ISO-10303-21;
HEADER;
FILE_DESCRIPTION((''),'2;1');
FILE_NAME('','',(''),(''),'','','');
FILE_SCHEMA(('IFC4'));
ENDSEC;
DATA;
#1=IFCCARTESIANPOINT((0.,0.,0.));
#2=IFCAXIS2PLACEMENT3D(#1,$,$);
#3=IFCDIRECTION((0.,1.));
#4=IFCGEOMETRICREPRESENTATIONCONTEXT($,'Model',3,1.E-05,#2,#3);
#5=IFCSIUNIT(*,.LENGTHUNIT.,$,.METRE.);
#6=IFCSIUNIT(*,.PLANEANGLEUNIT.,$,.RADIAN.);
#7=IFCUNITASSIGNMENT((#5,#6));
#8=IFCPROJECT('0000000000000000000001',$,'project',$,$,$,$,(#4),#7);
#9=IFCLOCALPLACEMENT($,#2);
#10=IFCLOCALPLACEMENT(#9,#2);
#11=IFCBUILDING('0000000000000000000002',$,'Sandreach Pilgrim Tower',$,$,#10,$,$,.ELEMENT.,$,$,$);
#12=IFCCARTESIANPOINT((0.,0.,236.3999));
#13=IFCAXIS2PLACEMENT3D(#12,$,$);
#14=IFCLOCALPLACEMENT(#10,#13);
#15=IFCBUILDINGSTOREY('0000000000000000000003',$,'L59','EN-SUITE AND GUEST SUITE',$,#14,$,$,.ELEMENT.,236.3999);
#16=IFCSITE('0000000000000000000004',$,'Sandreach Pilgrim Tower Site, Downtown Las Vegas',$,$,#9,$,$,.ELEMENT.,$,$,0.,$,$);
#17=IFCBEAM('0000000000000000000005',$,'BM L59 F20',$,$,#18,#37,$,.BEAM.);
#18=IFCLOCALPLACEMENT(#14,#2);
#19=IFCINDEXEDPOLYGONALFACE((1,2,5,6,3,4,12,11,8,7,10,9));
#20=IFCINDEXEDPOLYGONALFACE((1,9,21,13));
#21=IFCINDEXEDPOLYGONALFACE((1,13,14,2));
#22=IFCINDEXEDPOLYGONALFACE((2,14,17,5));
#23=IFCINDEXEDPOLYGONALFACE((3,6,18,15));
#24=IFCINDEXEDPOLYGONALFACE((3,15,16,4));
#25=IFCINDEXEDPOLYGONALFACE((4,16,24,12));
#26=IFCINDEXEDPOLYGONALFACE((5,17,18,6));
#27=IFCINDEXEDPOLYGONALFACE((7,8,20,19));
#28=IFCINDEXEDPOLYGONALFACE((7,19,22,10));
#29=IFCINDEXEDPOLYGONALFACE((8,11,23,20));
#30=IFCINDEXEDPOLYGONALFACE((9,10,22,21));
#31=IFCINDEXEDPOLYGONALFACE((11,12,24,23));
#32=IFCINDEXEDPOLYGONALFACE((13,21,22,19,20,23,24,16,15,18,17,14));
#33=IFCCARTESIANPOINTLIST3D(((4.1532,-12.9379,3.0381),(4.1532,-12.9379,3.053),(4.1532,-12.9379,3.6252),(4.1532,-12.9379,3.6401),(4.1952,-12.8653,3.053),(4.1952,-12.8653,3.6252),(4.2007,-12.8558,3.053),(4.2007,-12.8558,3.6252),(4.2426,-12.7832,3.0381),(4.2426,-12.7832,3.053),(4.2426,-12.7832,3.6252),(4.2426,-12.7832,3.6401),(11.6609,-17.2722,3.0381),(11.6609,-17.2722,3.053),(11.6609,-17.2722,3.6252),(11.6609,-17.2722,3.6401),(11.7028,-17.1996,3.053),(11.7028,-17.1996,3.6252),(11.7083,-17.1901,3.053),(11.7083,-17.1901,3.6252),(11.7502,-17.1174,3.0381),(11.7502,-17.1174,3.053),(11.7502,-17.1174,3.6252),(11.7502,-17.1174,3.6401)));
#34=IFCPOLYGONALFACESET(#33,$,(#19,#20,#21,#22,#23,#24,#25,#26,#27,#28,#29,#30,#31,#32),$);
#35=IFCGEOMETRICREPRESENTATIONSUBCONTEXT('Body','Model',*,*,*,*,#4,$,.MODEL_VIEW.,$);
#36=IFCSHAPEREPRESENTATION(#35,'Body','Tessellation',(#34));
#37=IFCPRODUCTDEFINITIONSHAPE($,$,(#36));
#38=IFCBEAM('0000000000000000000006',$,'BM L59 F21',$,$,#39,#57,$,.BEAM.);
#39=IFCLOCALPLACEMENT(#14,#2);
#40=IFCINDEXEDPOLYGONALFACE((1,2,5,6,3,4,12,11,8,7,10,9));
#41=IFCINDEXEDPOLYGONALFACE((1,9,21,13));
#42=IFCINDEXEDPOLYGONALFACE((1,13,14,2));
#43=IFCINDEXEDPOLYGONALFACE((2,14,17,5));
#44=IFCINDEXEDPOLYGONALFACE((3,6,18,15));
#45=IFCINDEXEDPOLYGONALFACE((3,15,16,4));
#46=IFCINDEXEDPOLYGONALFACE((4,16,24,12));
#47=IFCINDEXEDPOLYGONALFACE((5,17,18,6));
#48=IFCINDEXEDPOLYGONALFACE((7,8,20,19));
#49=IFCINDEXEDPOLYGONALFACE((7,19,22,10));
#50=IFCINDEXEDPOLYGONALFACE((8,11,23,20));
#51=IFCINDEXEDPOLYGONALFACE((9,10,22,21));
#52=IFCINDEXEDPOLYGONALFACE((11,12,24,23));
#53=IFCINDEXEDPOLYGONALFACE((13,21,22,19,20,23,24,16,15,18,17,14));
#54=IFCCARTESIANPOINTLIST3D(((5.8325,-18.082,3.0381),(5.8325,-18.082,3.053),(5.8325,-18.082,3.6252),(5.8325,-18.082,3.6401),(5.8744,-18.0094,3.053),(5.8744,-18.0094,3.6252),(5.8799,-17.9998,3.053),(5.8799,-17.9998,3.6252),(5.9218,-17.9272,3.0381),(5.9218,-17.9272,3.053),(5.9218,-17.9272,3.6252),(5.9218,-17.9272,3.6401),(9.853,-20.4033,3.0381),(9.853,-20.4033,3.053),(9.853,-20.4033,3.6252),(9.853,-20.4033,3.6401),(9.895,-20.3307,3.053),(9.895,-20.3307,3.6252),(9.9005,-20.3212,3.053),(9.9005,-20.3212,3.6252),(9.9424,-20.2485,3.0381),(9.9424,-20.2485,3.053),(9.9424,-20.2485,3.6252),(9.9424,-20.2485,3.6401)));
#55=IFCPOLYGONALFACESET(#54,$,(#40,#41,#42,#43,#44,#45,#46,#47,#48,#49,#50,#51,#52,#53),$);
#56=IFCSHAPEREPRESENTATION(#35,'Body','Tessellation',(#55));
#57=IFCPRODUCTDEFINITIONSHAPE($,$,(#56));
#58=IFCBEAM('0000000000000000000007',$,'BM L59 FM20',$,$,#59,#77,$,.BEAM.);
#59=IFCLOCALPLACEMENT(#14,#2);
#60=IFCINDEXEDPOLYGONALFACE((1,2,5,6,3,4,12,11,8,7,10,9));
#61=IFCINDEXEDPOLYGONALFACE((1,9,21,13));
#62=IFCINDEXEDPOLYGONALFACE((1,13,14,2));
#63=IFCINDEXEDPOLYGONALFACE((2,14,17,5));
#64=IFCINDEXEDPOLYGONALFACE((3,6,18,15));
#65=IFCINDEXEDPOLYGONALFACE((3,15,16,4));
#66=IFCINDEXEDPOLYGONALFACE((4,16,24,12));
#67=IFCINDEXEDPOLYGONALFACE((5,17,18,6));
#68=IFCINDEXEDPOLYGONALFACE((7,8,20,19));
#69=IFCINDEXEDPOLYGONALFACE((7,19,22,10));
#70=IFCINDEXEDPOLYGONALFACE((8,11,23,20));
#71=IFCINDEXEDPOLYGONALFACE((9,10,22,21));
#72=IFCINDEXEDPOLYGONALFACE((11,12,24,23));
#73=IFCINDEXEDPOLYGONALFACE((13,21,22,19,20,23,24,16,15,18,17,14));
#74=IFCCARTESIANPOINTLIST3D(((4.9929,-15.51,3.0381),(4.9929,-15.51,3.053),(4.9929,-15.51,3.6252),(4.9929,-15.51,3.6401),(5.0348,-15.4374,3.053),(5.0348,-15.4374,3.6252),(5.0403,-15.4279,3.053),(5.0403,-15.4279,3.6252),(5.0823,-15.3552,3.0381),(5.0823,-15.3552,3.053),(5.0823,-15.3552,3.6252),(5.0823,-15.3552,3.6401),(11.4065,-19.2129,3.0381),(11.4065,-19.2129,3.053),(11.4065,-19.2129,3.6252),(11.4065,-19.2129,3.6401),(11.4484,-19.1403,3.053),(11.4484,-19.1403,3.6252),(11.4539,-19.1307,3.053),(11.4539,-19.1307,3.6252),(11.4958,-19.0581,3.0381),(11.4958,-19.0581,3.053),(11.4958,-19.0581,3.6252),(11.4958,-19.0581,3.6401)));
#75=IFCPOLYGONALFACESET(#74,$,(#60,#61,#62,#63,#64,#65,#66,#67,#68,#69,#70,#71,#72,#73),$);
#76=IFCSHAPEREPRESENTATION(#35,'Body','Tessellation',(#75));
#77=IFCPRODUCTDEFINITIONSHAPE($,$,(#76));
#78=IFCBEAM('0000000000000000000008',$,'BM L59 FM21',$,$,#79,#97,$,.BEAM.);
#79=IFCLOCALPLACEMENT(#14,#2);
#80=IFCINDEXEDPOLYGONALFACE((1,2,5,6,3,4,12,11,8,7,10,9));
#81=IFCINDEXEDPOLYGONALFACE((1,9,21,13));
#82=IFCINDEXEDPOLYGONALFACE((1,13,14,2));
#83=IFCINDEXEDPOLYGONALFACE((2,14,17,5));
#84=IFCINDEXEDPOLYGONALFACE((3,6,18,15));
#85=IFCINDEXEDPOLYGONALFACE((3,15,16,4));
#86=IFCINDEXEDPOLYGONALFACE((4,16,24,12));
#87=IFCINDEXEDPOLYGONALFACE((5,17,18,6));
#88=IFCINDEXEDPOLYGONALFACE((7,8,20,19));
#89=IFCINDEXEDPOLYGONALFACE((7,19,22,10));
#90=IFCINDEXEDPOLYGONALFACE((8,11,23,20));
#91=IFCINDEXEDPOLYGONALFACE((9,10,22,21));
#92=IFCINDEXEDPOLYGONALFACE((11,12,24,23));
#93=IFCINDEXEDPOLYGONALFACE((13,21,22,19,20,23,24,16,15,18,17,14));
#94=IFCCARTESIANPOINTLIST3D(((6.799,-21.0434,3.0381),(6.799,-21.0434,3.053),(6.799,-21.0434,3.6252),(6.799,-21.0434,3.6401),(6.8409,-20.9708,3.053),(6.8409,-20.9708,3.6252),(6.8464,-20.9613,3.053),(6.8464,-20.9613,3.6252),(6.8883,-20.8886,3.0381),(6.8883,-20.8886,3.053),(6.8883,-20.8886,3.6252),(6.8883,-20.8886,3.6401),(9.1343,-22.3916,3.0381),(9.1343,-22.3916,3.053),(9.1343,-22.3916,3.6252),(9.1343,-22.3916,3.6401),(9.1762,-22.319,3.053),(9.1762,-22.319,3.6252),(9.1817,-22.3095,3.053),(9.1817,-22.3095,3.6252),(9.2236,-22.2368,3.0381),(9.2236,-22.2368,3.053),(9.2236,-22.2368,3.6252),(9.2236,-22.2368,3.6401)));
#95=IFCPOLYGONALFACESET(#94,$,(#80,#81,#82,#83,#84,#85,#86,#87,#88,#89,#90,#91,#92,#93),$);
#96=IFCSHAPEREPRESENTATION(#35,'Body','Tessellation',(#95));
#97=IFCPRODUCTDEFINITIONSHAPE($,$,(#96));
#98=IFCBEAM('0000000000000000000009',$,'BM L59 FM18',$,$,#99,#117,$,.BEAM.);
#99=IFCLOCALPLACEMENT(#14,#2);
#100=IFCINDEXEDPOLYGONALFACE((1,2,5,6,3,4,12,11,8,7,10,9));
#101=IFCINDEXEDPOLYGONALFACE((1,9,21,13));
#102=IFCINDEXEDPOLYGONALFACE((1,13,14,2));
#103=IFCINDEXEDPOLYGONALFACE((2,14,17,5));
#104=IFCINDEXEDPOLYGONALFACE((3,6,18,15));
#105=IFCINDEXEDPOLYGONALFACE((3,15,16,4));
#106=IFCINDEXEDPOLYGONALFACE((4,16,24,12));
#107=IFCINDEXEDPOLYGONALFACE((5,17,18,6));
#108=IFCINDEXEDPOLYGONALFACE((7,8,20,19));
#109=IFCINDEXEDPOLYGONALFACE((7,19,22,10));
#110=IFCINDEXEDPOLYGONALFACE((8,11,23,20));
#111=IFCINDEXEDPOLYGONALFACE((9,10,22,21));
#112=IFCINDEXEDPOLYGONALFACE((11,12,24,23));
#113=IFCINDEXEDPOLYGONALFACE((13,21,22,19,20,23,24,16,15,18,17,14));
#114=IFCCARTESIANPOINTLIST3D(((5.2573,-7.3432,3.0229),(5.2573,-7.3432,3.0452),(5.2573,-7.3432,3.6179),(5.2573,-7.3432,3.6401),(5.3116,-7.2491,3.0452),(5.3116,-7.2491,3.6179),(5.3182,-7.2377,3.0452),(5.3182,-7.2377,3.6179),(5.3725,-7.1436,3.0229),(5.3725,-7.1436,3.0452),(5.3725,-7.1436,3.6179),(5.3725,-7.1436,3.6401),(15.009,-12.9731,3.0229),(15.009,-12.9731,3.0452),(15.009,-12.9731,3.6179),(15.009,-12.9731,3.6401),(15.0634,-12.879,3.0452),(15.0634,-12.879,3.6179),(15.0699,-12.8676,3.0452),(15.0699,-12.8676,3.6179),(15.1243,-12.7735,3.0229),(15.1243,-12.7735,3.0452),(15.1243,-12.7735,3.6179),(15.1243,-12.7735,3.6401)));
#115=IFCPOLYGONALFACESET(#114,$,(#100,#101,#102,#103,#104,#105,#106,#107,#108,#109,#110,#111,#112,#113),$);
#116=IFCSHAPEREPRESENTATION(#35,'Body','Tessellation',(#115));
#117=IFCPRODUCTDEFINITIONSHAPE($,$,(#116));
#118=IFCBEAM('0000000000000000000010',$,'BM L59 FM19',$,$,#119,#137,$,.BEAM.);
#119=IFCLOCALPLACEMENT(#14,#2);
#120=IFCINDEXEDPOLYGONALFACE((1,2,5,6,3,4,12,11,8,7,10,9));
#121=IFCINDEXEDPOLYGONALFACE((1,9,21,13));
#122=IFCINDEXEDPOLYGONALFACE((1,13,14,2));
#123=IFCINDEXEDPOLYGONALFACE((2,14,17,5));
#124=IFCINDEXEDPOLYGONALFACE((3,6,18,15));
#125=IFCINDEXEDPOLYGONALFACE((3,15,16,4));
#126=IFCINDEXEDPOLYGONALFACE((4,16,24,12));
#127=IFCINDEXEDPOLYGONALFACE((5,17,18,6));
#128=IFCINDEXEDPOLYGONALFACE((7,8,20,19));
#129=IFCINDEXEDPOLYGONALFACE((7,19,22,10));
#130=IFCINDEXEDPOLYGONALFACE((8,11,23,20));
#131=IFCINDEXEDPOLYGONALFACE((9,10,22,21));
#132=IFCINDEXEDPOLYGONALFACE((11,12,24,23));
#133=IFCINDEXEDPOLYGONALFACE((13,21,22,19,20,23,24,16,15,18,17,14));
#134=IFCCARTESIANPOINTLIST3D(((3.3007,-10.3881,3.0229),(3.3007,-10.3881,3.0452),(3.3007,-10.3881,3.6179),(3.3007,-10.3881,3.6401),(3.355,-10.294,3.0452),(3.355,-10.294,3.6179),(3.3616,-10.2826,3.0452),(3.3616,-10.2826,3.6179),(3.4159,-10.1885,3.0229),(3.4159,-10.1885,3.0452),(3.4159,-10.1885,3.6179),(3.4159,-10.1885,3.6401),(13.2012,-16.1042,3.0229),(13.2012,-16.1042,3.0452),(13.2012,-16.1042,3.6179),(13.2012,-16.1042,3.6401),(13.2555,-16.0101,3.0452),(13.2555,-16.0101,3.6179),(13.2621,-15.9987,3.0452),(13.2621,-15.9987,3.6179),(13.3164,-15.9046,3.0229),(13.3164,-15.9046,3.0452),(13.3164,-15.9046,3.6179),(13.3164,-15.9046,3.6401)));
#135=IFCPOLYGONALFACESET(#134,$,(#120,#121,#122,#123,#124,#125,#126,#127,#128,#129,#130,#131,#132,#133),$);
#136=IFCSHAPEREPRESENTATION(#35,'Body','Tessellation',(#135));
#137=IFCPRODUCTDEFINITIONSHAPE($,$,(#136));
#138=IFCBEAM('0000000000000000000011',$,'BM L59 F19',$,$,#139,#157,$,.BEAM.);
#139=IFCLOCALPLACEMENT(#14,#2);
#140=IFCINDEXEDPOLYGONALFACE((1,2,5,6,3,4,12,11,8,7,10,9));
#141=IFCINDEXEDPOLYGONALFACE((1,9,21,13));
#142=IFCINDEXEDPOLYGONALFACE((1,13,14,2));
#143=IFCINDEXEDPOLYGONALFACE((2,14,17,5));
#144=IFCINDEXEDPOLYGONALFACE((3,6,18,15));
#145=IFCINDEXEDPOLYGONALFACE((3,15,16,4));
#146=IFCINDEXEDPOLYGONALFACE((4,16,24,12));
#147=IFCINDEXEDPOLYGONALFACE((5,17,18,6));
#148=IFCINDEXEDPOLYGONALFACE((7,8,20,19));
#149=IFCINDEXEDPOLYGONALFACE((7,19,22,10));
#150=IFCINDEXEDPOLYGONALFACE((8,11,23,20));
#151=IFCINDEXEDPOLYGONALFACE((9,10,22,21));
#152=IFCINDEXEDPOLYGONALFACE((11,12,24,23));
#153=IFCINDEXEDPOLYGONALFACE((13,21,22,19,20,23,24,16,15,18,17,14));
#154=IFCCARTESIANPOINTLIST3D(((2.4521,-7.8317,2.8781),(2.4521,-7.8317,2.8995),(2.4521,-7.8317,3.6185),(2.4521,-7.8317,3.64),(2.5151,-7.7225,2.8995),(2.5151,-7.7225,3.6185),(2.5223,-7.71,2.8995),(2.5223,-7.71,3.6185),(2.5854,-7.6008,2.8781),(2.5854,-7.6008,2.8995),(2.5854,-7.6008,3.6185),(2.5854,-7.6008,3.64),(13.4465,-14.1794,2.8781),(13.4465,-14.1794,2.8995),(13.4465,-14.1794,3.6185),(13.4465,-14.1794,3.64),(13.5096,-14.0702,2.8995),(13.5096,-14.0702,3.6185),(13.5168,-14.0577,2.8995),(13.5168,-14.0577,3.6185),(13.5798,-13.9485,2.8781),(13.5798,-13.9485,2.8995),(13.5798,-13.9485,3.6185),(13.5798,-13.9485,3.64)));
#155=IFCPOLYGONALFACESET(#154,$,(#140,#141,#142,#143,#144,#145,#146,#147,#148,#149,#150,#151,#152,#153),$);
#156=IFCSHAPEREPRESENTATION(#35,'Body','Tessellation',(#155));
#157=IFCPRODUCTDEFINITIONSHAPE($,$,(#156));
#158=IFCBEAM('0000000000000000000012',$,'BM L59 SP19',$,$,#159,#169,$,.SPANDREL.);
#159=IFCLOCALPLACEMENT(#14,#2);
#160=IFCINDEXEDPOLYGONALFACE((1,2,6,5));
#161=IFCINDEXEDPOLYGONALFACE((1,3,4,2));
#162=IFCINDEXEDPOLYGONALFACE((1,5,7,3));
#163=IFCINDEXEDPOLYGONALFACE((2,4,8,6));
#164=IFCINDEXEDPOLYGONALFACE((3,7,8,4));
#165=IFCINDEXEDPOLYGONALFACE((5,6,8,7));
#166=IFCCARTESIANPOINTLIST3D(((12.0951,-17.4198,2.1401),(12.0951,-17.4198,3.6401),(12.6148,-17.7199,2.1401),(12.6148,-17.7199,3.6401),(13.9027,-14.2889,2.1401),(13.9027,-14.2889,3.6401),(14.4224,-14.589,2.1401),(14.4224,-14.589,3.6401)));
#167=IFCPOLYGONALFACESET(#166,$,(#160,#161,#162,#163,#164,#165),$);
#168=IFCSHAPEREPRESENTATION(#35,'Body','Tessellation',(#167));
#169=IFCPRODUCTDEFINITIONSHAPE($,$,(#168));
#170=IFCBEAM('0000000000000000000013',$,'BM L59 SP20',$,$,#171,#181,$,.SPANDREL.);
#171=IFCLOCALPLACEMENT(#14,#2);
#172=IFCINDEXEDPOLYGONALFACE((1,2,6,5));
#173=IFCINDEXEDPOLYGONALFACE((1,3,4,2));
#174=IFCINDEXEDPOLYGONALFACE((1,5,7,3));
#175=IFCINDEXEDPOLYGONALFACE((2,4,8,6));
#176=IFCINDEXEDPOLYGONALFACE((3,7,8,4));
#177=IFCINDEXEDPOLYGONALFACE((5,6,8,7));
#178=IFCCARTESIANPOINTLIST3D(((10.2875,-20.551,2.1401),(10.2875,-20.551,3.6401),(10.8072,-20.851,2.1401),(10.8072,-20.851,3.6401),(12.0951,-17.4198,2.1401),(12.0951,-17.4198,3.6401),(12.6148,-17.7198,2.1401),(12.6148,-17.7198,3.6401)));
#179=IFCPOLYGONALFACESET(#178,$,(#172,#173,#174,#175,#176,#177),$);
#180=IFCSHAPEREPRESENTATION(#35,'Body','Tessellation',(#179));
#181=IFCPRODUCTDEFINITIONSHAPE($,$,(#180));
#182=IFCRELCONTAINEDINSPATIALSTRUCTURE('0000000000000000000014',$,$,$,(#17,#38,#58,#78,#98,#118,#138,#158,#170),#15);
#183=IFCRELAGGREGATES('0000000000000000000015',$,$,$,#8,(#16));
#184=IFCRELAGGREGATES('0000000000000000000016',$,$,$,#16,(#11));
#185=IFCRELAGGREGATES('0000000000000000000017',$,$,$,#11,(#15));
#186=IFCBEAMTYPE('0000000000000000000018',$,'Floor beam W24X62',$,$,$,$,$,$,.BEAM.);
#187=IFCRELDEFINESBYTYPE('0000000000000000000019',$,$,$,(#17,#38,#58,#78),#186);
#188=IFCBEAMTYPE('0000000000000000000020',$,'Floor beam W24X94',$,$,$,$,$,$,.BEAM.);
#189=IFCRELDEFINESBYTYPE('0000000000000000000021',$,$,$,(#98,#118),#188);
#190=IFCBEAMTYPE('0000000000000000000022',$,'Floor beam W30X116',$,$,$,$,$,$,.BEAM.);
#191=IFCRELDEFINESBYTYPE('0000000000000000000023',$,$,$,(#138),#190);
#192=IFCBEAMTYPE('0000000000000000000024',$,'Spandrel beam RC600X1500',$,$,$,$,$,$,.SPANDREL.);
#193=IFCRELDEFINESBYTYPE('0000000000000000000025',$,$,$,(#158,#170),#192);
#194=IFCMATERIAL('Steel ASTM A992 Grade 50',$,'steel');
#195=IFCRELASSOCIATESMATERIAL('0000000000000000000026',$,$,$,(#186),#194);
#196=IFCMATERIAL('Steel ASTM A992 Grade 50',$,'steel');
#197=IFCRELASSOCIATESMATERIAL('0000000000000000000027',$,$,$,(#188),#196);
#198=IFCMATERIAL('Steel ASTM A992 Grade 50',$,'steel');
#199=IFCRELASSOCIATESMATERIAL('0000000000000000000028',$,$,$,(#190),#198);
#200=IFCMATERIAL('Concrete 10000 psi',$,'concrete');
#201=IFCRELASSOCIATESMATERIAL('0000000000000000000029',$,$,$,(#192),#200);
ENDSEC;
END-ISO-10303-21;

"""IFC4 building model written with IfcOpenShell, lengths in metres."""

from ifc_helpers import new_model, si_unit, direction, frame, origin, origin_2d, place, context, subcontext, project, spatial, rectangle, i_section, extrude, material, material_profile, profile_set, type_object, element, save


model = new_model("IFC4")

# Units and contexts
model_context = context("Model", 3, precision=1e-05, world=origin(), true_north=direction((0.0, 1.0)))
body_context = subcontext(model_context, "Body", "Model", "MODEL_VIEW")
ifc_project = project(units=[si_unit("LENGTHUNIT", "METRE"), si_unit("PLANEANGLEUNIT", "RADIAN")], contexts=[model_context])

# Site, building, storey
site_placement = place(None, origin())
site = spatial("IfcSite", under=ifc_project, at=site_placement, Name="Sandreach Pilgrim Tower Site, Downtown Las Vegas", CompositionType="ELEMENT", RefElevation=0.0)
building_placement = place(site_placement, origin())
building = spatial("IfcBuilding", under=site, at=building_placement, Name="Sandreach Pilgrim Tower", CompositionType="ELEMENT")
storey_placement = place(building_placement, frame((0.0, 0.0, 236.3999)))
storey = spatial("IfcBuildingStorey", under=building, at=storey_placement, Name="L59", Description="EN-SUITE AND GUEST SUITE", CompositionType="ELEMENT", Elevation=236.3999)

# Beams
ifc_material_1 = material(Name="Steel ASTM A992 Grade 50", Category="steel")
ifc_material_profile_1 = material_profile(ifc_material_1, i_section(OverallWidth=0.1787, OverallDepth=0.6021, WebThickness=0.011, FlangeThickness=0.0149, at=origin_2d()), Name="W24X62")
ifc_profile_set_1 = profile_set([ifc_material_profile_1], Name="Steel ASTM A992 Grade 50")
beam_type_1 = type_object("IfcBeamType", Name="Floor beam W24X62", PredefinedType="BEAM", material=ifc_profile_set_1)
beam_1_placement = place(storey_placement, frame((11.7056, -17.1948, 3.3391), z_axis=(-0.866039, 0.499977, 0.0), x_axis=(-0.499977, -0.866039, 0.0)))
element("IfcBeam", 1, at=beam_1_placement, inside=storey, type_object=beam_type_1, Name="BM L59 F20", PredefinedType="BEAM", context=body_context, shape_type="SweptSolid", body=[
    extrude(i_section(OverallWidth=0.1787, OverallDepth=0.6021, WebThickness=0.011, FlangeThickness=0.0149, at=origin_2d()), origin(), (0.0, 0.0, 1.0), 8.6689),
])
beam_2_placement = place(storey_placement, frame((9.8977, -20.3259, 3.3391), z_axis=(-0.866021, 0.500008, 0.0), x_axis=(-0.500008, -0.866021, 0.0)))
element("IfcBeam", 2, at=beam_2_placement, inside=storey, type_object=beam_type_1, Name="BM L59 F21", PredefinedType="BEAM", context=body_context, shape_type="SweptSolid", body=[
    extrude(i_section(OverallWidth=0.1787, OverallDepth=0.6021, WebThickness=0.011, FlangeThickness=0.0149, at=origin_2d()), origin(), (0.0, 0.0, 1.0), 4.6426),
])
beam_3_placement = place(storey_placement, frame((11.4512, -19.1355, 3.3391), z_axis=(-0.866025, 0.5, 0.0), x_axis=(-0.5, -0.866025, 0.0)))
element("IfcBeam", 3, at=beam_3_placement, inside=storey, type_object=beam_type_1, Name="BM L59 FM20", PredefinedType="BEAM", context=body_context, shape_type="SweptSolid", body=[
    extrude(i_section(OverallWidth=0.1787, OverallDepth=0.6021, WebThickness=0.011, FlangeThickness=0.0149, at=origin_2d()), origin(), (0.0, 0.0, 1.0), 7.4058),
])
beam_4_placement = place(storey_placement, frame((9.179, -22.3142, 3.3391), z_axis=(-0.866039, 0.499976, 0.0), x_axis=(-0.499976, -0.866039, 0.0)))
element("IfcBeam", 4, at=beam_4_placement, inside=storey, type_object=beam_type_1, Name="BM L59 FM21", PredefinedType="BEAM", context=body_context, shape_type="SweptSolid", body=[
    extrude(i_section(OverallWidth=0.1787, OverallDepth=0.6021, WebThickness=0.011, FlangeThickness=0.0149, at=origin_2d()), origin(), (0.0, 0.0, 1.0), 2.6965),
])
ifc_material_2 = material(Name="Steel ASTM A992 Grade 50", Category="steel")
ifc_material_profile_2 = material_profile(ifc_material_2, i_section(OverallWidth=0.2305, OverallDepth=0.6172, WebThickness=0.0132, FlangeThickness=0.0222, at=origin_2d()), Name="W24X94")
ifc_profile_set_2 = profile_set([ifc_material_profile_2], Name="Steel ASTM A992 Grade 50")
beam_type_2 = type_object("IfcBeamType", Name="Floor beam W24X94", PredefinedType="BEAM", material=ifc_profile_set_2)
beam_5_placement = place(storey_placement, frame((15.0667, -12.8733, 3.3315), z_axis=(-0.866036, 0.499982, 0.0), x_axis=(-0.499982, -0.866036, 0.0)))
element("IfcBeam", 5, at=beam_5_placement, inside=storey, type_object=beam_type_2, Name="BM L59 FM18", PredefinedType="BEAM", context=body_context, shape_type="SweptSolid", body=[
    extrude(i_section(OverallWidth=0.2305, OverallDepth=0.6172, WebThickness=0.0132, FlangeThickness=0.0222, at=origin_2d()), origin(), (0.0, 0.0, 1.0), 11.2603),
])
beam_6_placement = place(storey_placement, frame((13.2588, -16.0044, 3.3315), z_axis=(-0.866023, 0.500005, 0.0), x_axis=(-0.500005, -0.866023, 0.0)))
element("IfcBeam", 6, at=beam_6_placement, inside=storey, type_object=beam_type_2, Name="BM L59 FM19", PredefinedType="BEAM", context=body_context, shape_type="SweptSolid", body=[
    extrude(i_section(OverallWidth=0.2305, OverallDepth=0.6172, WebThickness=0.0132, FlangeThickness=0.0222, at=origin_2d()), origin(), (0.0, 0.0, 1.0), 11.4321),
])
ifc_material_3 = material(Name="Steel ASTM A992 Grade 50", Category="steel")
ifc_material_profile_3 = material_profile(ifc_material_3, i_section(OverallWidth=0.2666, OverallDepth=0.762, WebThickness=0.0144, FlangeThickness=0.0215, at=origin_2d()), Name="W30X116")
ifc_profile_set_3 = profile_set([ifc_material_profile_3], Name="Steel ASTM A992 Grade 50")
beam_type_3 = type_object("IfcBeamType", Name="Floor beam W30X116", PredefinedType="BEAM", material=ifc_profile_set_3)
beam_7_placement = place(storey_placement, frame((13.5132, -14.064, 3.259), z_axis=(-0.866024, 0.500003, 0.0), x_axis=(-0.500003, -0.866024, 0.0)))
element("IfcBeam", 7, at=beam_7_placement, inside=storey, type_object=beam_type_3, Name="BM L59 F19", PredefinedType="BEAM", context=body_context, shape_type="SweptSolid", body=[
    extrude(i_section(OverallWidth=0.2666, OverallDepth=0.762, WebThickness=0.0144, FlangeThickness=0.0215, at=origin_2d()), origin(), (0.0, 0.0, 1.0), 12.6953),
])
ifc_material_4 = material(Name="Concrete 10000 psi", Category="concrete")
ifc_material_profile_4 = material_profile(ifc_material_4, rectangle(XDim=0.6001, YDim=1.5, at=origin_2d()), Name="RC600X1500")
ifc_profile_set_4 = profile_set([ifc_material_profile_4], Name="Concrete 10000 psi")
beam_type_4 = type_object("IfcBeamType", Name="Spandrel beam RC600X1500", PredefinedType="SPANDREL", material=ifc_profile_set_4)
beam_8_placement = place(storey_placement, frame((14.1626, -14.439, 2.8901), z_axis=(-0.500003, -0.866024, 0.0), x_axis=(0.866024, -0.500003, 0.0)))
element("IfcBeam", 8, at=beam_8_placement, inside=storey, type_object=beam_type_4, Name="BM L59 SP19", PredefinedType="SPANDREL", context=body_context, shape_type="SweptSolid", body=[
    extrude(rectangle(XDim=0.6001, YDim=1.5, at=origin_2d()), origin(), (0.0, 0.0, 1.0), 3.6152),
])
beam_9_placement = place(storey_placement, frame((12.355, -17.5698, 2.8901), z_axis=(-0.499974, -0.866041, 0.0), x_axis=(0.866041, -0.499974, 0.0)))
element("IfcBeam", 9, at=beam_9_placement, inside=storey, type_object=beam_type_4, Name="BM L59 SP20", PredefinedType="SPANDREL", context=body_context, shape_type="SweptSolid", body=[
    extrude(rectangle(XDim=0.6001, YDim=1.5, at=origin_2d()), origin(), (0.0, 0.0, 1.0), 3.6155),
])

save(model, "model.ifc")
